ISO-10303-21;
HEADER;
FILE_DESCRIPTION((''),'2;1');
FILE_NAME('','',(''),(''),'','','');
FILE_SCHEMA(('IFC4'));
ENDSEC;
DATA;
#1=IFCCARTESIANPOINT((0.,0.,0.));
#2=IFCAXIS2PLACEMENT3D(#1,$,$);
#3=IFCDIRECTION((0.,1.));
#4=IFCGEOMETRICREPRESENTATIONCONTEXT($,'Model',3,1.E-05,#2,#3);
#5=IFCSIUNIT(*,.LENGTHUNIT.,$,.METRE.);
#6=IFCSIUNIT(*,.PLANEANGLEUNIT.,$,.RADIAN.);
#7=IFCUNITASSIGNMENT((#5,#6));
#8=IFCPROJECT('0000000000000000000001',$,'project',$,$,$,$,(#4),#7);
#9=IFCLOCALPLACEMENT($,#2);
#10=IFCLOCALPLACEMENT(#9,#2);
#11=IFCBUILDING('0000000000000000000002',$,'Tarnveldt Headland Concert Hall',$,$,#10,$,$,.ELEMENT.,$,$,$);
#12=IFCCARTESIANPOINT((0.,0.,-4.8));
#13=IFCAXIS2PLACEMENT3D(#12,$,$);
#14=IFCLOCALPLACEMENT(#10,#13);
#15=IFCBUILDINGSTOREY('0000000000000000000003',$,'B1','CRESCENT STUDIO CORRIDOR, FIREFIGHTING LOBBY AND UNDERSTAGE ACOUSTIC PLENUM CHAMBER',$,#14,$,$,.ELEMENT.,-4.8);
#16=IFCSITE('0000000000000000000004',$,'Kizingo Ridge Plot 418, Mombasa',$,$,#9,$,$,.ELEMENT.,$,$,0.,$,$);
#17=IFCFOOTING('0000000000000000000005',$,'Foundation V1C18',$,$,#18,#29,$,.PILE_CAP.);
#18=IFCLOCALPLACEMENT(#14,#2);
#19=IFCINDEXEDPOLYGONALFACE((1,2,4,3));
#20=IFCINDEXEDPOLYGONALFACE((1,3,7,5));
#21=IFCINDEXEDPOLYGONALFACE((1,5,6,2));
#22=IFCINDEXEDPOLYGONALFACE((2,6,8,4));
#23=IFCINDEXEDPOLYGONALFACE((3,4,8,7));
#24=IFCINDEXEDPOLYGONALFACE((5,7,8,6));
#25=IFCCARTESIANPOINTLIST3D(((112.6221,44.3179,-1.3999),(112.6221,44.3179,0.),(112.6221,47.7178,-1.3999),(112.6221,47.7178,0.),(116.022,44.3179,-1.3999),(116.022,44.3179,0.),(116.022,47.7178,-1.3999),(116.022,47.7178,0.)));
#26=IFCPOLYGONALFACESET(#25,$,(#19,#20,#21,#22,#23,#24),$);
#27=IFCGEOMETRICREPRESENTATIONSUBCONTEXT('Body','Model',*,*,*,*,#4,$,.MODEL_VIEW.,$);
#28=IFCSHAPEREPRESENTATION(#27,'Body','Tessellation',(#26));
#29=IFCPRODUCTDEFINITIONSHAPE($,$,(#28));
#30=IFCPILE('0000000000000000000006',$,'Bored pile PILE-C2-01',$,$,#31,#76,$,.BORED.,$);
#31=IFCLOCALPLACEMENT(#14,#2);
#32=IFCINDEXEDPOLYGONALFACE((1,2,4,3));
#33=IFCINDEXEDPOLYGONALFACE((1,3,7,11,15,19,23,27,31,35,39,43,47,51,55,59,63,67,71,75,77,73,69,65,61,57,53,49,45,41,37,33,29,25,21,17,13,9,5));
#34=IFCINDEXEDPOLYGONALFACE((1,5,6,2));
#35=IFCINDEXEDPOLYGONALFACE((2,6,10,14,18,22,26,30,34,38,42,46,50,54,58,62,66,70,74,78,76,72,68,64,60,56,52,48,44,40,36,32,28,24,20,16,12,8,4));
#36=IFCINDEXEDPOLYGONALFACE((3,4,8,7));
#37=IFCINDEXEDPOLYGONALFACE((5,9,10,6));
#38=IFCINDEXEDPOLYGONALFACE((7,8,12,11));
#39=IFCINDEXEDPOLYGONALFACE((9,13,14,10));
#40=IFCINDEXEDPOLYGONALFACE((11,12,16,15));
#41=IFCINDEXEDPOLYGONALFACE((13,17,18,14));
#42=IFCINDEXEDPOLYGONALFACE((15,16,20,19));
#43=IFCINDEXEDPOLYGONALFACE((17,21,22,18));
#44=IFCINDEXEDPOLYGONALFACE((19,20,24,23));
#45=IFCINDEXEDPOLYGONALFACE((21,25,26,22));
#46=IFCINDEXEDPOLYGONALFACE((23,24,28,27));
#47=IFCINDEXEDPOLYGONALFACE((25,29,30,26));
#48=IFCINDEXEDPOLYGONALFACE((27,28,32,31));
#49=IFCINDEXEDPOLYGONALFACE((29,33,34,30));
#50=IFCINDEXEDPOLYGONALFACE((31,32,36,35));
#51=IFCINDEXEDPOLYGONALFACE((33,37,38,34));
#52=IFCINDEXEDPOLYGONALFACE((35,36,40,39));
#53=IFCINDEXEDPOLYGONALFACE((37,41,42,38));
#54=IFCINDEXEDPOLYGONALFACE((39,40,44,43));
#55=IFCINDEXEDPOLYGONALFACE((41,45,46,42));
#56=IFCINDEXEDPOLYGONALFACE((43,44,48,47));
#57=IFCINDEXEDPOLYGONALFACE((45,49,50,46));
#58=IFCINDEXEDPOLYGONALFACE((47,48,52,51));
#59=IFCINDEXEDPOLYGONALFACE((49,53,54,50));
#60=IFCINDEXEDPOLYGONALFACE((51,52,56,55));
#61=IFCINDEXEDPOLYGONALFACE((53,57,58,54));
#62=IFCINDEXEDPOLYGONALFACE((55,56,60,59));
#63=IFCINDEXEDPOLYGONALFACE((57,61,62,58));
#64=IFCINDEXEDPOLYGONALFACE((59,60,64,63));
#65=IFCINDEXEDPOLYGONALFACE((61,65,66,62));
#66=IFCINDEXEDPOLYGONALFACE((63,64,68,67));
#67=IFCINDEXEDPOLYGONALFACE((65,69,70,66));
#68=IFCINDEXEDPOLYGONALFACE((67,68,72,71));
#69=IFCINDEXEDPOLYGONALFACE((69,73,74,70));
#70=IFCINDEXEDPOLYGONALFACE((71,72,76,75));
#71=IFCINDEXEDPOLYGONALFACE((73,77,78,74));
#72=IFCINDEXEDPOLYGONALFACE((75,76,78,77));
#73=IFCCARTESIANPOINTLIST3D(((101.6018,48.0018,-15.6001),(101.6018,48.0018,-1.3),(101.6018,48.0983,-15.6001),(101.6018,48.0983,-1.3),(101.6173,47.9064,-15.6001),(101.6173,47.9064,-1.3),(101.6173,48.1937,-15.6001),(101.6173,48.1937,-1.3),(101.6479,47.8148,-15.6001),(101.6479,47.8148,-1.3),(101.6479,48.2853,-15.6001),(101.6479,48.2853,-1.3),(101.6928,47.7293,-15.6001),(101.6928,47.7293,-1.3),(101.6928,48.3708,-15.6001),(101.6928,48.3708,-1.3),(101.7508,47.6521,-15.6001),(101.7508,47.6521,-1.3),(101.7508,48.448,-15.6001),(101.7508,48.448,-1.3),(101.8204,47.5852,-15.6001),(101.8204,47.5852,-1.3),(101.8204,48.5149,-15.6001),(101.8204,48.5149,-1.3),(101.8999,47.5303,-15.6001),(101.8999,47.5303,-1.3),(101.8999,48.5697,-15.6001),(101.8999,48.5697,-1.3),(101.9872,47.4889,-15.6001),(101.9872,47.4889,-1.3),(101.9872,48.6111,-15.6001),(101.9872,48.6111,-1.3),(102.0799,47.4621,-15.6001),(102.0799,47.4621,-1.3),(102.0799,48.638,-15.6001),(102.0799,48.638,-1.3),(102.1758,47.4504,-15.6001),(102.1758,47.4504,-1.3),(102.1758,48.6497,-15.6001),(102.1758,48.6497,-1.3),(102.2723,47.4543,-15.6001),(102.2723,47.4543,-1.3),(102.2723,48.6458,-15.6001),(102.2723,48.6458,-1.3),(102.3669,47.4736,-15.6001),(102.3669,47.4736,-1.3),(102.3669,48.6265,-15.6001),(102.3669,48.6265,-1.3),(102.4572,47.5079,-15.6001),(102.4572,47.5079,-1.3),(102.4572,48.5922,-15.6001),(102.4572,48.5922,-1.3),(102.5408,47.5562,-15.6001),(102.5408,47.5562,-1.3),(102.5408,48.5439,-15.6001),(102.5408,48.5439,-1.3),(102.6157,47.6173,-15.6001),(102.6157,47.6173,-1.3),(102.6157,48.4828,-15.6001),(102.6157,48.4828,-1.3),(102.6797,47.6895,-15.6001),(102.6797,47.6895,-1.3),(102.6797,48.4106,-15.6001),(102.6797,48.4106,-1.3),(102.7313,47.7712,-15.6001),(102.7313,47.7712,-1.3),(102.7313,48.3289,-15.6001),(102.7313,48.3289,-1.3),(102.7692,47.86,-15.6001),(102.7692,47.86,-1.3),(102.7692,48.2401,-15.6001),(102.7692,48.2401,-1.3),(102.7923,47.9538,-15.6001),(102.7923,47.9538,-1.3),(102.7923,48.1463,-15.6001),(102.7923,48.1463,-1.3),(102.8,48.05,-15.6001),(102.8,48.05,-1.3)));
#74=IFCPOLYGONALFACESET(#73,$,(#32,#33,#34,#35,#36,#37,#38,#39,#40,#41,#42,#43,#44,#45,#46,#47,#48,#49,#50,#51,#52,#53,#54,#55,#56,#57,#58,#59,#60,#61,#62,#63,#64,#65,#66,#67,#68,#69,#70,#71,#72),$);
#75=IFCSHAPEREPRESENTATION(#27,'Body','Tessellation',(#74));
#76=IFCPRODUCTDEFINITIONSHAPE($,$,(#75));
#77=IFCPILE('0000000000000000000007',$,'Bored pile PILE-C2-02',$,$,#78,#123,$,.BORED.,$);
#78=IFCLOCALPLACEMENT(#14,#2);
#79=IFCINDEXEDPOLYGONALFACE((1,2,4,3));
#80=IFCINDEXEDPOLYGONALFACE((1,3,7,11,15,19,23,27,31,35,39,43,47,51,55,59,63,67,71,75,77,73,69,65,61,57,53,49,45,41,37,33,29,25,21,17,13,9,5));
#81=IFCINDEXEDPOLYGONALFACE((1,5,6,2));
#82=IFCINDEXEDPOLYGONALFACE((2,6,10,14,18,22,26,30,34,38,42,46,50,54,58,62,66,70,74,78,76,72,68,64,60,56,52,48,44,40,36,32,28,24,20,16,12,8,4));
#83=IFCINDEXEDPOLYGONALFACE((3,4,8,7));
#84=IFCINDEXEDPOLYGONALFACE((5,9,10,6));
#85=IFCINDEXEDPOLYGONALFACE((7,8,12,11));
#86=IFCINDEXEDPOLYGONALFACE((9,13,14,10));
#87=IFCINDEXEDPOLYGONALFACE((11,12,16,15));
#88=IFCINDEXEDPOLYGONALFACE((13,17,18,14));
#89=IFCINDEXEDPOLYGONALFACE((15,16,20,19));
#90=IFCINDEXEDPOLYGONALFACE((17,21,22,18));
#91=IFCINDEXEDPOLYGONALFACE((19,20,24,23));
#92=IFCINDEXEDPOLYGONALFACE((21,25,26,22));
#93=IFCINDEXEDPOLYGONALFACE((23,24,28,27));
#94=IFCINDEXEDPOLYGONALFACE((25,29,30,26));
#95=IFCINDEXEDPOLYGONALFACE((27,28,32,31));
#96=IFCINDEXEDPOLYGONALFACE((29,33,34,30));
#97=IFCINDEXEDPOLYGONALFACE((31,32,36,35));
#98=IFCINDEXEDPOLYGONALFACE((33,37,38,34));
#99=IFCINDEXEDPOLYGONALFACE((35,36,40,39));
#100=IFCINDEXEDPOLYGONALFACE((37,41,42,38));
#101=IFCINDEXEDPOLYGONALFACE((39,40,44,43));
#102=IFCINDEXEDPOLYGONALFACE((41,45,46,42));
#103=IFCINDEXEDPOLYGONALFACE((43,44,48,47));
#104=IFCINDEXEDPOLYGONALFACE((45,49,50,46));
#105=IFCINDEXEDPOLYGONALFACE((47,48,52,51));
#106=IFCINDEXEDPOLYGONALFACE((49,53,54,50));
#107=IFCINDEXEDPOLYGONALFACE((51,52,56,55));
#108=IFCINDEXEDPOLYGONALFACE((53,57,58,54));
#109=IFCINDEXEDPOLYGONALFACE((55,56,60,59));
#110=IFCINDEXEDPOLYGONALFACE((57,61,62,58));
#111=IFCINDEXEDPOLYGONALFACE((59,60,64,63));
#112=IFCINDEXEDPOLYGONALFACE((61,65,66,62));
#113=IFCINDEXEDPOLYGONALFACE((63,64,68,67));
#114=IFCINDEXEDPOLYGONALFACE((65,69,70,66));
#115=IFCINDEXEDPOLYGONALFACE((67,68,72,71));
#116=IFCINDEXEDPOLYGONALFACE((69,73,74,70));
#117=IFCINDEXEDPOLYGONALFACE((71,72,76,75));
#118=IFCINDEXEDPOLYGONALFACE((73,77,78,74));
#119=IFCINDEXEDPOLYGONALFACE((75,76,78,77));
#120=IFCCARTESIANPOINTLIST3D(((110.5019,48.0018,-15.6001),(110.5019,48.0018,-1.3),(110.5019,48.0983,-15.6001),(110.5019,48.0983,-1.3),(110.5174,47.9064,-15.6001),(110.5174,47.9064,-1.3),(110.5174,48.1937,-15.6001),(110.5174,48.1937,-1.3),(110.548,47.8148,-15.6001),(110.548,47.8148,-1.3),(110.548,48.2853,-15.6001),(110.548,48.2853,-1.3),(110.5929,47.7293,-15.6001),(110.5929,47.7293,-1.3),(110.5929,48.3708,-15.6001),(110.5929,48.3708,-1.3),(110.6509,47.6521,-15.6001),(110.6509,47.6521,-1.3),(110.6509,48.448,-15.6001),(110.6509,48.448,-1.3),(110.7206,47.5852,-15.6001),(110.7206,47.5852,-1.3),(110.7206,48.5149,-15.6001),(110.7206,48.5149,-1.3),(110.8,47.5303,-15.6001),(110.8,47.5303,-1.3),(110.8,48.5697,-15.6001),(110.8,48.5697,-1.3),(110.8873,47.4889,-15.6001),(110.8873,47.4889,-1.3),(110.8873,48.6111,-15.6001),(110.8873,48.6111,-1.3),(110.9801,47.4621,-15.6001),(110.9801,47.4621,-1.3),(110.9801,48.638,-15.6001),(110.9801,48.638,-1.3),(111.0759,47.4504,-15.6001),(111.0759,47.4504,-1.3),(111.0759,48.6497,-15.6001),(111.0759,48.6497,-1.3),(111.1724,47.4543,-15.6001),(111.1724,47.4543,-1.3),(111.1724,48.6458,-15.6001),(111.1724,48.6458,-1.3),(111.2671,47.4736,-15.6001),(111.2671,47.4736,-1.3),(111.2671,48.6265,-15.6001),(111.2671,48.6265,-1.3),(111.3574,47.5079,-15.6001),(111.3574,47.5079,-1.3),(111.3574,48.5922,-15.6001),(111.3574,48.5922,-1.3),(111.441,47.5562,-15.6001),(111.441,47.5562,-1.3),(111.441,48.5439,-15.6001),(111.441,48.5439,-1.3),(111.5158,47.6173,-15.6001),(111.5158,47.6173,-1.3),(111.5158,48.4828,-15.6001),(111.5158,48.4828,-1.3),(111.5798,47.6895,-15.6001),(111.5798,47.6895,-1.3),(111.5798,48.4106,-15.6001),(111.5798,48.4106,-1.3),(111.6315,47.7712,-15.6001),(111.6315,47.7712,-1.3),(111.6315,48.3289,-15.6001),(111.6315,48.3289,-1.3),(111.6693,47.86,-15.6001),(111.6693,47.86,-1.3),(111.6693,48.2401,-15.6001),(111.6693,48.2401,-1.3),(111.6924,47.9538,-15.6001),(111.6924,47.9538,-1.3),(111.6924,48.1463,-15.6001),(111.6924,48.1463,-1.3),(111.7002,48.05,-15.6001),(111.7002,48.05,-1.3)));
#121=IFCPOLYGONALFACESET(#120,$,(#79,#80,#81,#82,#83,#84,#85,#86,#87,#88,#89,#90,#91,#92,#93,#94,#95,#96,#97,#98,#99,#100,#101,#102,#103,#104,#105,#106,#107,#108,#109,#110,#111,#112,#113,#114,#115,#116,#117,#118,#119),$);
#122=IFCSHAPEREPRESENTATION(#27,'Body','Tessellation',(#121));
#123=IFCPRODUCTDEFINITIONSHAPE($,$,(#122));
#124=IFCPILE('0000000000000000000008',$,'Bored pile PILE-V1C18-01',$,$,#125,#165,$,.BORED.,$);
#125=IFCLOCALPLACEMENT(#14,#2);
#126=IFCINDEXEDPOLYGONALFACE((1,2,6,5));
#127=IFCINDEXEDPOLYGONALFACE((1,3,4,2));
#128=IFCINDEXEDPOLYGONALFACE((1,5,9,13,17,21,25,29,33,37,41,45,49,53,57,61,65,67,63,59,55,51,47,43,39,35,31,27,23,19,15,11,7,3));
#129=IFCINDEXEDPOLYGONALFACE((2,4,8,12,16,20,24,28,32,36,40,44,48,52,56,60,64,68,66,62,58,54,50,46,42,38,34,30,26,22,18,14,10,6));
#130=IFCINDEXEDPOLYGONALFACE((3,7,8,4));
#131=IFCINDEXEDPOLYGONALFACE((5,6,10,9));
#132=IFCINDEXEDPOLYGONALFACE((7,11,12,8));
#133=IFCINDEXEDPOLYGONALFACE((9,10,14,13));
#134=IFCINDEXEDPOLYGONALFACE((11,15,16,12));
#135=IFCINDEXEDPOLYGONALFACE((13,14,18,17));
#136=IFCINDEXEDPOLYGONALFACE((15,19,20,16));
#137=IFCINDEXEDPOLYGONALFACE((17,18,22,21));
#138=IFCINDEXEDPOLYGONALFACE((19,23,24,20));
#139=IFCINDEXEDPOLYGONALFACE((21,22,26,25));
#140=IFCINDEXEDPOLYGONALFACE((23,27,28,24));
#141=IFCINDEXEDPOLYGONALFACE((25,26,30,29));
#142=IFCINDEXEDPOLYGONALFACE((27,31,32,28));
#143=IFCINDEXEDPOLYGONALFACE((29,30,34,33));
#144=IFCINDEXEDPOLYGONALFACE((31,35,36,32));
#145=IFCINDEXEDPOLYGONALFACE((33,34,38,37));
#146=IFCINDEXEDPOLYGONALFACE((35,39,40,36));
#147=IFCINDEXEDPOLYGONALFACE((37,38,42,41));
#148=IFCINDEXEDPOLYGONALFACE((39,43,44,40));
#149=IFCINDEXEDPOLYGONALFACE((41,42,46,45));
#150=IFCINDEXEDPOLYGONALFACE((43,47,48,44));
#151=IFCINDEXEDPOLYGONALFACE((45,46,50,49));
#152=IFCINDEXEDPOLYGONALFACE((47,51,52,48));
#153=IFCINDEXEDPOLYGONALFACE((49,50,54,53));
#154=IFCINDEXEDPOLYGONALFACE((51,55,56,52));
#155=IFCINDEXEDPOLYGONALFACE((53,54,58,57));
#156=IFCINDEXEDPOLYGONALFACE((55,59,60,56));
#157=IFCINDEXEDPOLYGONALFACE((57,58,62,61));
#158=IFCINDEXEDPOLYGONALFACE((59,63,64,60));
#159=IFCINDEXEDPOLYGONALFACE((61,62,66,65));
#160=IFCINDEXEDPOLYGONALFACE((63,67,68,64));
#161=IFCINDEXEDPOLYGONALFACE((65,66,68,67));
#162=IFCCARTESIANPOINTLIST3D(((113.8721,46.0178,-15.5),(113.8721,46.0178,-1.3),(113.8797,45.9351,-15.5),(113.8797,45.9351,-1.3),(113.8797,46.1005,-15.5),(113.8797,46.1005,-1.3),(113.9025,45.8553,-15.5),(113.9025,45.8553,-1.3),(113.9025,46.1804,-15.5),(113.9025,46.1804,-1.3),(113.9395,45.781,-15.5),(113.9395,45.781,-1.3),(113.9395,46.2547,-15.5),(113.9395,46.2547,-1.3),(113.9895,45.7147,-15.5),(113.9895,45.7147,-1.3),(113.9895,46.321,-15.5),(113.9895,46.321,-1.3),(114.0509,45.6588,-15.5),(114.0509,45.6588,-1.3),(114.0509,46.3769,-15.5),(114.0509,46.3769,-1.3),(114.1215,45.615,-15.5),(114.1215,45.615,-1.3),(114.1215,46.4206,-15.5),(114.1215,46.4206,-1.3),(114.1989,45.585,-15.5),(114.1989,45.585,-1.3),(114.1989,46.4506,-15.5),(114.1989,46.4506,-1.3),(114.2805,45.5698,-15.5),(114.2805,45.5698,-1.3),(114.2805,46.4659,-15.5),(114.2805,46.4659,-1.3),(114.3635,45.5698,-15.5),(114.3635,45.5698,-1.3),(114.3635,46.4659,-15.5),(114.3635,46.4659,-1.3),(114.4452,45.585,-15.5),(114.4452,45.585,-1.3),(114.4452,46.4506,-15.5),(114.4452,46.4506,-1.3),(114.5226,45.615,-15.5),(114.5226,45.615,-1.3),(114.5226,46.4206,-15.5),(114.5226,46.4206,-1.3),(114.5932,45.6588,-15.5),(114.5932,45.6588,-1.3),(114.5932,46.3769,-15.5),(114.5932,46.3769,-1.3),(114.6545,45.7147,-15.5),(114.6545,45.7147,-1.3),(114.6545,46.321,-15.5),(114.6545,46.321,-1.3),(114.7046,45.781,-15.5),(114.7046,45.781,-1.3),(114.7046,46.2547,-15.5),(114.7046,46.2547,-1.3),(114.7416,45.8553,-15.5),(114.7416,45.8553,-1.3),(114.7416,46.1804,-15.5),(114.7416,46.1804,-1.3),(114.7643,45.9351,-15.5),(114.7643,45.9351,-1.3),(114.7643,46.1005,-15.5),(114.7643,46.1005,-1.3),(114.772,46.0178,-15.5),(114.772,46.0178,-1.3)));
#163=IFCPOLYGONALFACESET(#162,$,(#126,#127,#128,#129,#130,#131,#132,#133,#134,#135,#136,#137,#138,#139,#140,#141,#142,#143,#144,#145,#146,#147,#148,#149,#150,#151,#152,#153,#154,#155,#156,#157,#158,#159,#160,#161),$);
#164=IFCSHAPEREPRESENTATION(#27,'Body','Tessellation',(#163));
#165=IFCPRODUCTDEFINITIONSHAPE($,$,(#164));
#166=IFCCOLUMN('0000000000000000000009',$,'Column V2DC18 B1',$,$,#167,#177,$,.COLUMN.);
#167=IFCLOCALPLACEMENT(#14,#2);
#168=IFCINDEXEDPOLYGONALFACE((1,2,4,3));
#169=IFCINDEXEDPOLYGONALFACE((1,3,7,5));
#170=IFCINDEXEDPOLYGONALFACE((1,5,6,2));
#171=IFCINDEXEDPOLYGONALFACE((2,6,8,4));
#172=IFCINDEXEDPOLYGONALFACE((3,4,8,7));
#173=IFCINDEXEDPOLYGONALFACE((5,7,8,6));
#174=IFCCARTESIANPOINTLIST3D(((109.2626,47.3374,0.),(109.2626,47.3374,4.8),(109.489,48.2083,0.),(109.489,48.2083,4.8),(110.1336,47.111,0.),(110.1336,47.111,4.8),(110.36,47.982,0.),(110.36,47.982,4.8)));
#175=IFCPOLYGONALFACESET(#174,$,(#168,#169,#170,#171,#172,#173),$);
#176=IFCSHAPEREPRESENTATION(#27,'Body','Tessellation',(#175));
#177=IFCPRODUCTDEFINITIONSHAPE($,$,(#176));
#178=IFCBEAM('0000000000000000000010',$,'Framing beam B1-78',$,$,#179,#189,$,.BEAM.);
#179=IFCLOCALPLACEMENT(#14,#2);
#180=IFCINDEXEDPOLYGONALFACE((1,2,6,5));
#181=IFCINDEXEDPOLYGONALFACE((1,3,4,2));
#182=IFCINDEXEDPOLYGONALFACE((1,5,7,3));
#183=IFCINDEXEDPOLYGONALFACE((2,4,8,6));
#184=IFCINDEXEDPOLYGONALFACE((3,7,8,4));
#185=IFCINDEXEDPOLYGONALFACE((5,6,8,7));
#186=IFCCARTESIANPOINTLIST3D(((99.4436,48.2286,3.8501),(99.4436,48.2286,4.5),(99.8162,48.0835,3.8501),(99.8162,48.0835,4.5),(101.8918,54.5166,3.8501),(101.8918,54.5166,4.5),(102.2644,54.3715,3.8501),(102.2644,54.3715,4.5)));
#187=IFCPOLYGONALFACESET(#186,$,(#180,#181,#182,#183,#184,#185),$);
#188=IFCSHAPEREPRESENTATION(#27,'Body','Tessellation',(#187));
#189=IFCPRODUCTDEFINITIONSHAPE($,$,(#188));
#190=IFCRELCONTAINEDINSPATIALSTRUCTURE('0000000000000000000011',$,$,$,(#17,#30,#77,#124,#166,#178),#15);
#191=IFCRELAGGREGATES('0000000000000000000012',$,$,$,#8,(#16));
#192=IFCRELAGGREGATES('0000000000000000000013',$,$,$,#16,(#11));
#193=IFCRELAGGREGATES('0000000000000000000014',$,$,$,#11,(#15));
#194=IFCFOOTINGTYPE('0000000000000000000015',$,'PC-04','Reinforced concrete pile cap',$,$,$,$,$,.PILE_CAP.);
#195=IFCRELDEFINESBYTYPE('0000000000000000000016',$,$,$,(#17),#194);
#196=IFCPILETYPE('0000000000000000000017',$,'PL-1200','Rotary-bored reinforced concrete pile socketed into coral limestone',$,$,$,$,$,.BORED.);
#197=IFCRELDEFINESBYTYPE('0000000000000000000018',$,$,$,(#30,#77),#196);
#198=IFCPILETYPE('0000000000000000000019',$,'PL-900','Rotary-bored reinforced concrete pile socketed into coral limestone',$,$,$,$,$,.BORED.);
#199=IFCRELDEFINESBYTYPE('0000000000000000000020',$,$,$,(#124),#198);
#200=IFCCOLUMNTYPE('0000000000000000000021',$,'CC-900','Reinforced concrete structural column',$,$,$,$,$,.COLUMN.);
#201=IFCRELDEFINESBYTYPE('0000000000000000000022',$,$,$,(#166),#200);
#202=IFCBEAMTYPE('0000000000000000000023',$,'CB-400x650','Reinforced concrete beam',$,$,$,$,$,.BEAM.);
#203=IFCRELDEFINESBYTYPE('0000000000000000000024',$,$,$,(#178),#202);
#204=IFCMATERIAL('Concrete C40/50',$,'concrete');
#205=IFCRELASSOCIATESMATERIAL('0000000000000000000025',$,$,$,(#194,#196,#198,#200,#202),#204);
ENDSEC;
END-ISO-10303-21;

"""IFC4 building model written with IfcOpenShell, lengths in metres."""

from ifc_helpers import new_model, si_unit, direction, frame, origin, origin_2d, place, context, subcontext, project, spatial, rectangle, circle, extrude, material, material_profile, profile_set, type_object, element, save


model = new_model("IFC4")

# Units and contexts
model_context = context("Model", 3, precision=1e-05, world=origin(), true_north=direction((0.0, 1.0)))
body_context = subcontext(model_context, "Body", "Model", "MODEL_VIEW")
ifc_project = project(units=[si_unit("LENGTHUNIT", "METRE"), si_unit("PLANEANGLEUNIT", "RADIAN")], contexts=[model_context])

# Site, building, storey
site_placement = place(None, origin())
site = spatial("IfcSite", under=ifc_project, at=site_placement, Name="Kizingo Ridge Plot 418, Mombasa", CompositionType="ELEMENT", RefElevation=0.0)
building_placement = place(site_placement, origin())
building = spatial("IfcBuilding", under=site, at=building_placement, Name="Tarnveldt Headland Concert Hall", CompositionType="ELEMENT")
storey_placement = place(building_placement, frame((0.0, 0.0, -4.8)))
storey = spatial("IfcBuildingStorey", under=building, at=storey_placement, Name="B1", Description="CRESCENT STUDIO CORRIDOR, FIREFIGHTING LOBBY AND UNDERSTAGE ACOUSTIC PLENUM CHAMBER", CompositionType="ELEMENT", Elevation=-4.8)

# Footing
ifc_material_1 = material(Name="Concrete C40/50", Category="concrete")
footing_type = type_object("IfcFootingType", Name="PC-04", Description="Reinforced concrete pile cap", PredefinedType="PILE_CAP", material=ifc_material_1)
footing_placement = place(storey_placement, frame((114.322, 46.0178, -1.3999), z_axis=(0.0, 0.0, 1.0), x_axis=(1.0, 0.0, 0.0)))
element("IfcFooting", 1, at=footing_placement, inside=storey, type_object=footing_type, Name="Foundation V1C18", PredefinedType="PILE_CAP", context=body_context, shape_type="SweptSolid", body=[
    extrude(rectangle(XDim=3.3999, YDim=3.3999, at=origin_2d()), origin(), (0.0, 0.0, 1.0), 1.3999),
])

# Piles
ifc_material_profile_1 = material_profile(ifc_material_1, circle(Radius=0.6001, at=origin_2d()), Name="BORED PILE D1200", Category="concrete")
ifc_profile_set_1 = profile_set([ifc_material_profile_1], Name="Concrete C40/50")
pile_type_1 = type_object("IfcPileType", Name="PL-1200", Description="Rotary-bored reinforced concrete pile socketed into coral limestone", PredefinedType="BORED", material=ifc_profile_set_1)
for number, where, z_axis, x_axis, name in (
    (2, (102.2, 48.05, -1.3), (0.0, 0.0, -1.0), (1.0, 0.0, 0.0), "Bored pile PILE-C2-01"),
    (3, (111.1001, 48.05, -1.3), (0.0, 0.0, -1.0), (1.0, 0.0, 0.0), "Bored pile PILE-C2-02"),
):
    element("IfcPile", number, at=place(storey_placement, frame(where, z_axis=z_axis, x_axis=x_axis)), inside=storey, type_object=pile_type_1, Name=name, PredefinedType="BORED", context=body_context, shape_type="SweptSolid", body=[
        extrude(circle(Radius=0.6001, at=origin_2d()), origin(), (0.0, 0.0, 1.0), 14.3),
    ])
ifc_material_profile_2 = material_profile(ifc_material_1, circle(Radius=0.45, at=origin_2d()), Name="BORED PILE D900", Category="concrete")
ifc_profile_set_2 = profile_set([ifc_material_profile_2], Name="Concrete C40/50")
pile_type_2 = type_object("IfcPileType", Name="PL-900", Description="Rotary-bored reinforced concrete pile socketed into coral limestone", PredefinedType="BORED", material=ifc_profile_set_2)
pile_placement = place(storey_placement, frame((114.322, 46.0178, -1.3), z_axis=(0.0, 0.0, -1.0), x_axis=(1.0, 0.0, 0.0)))
element("IfcPile", 4, at=pile_placement, inside=storey, type_object=pile_type_2, Name="Bored pile PILE-V1C18-01", PredefinedType="BORED", context=body_context, shape_type="SweptSolid", body=[
    extrude(circle(Radius=0.45, at=origin_2d()), origin(), (0.0, 0.0, 1.0), 14.2),
])

# Column
ifc_material_profile_3 = material_profile(ifc_material_1, rectangle(XDim=0.8999, YDim=0.8999, at=origin_2d()), Name="RC 900x900", Category="concrete")
ifc_profile_set_3 = profile_set([ifc_material_profile_3], Name="Concrete C40/50")
column_type_1 = type_object("IfcColumnType", Name="CC-900", Description="Reinforced concrete structural column", PredefinedType="COLUMN", material=ifc_profile_set_3)
column_1_placement = place(storey_placement, frame((109.8113, 47.6597, 0.0), z_axis=(0.0, 0.0, 1.0), x_axis=(0.967841, -0.251563, 0.0)))
element("IfcColumn", 5, at=column_1_placement, inside=storey, type_object=column_type_1, Name="Column V2DC18 B1", PredefinedType="COLUMN", context=body_context, shape_type="SweptSolid", body=[
    extrude(rectangle(XDim=0.8999, YDim=0.8999, at=origin_2d()), origin(), (0.0, 0.0, 1.0), 4.8),
])

# Beam
ifc_material_profile_4 = material_profile(ifc_material_1, rectangle(XDim=0.3999, YDim=0.6499, at=origin_2d()), Name="RC 400x650", Category="concrete")
ifc_profile_set_4 = profile_set([ifc_material_profile_4], Name="Concrete C40/50")
beam_type_1 = type_object("IfcBeamType", Name="CB-400x650", Description="Reinforced concrete beam", PredefinedType="BEAM", material=ifc_profile_set_4)
beam_1_placement = place(storey_placement, frame((99.6299, 48.156, 4.175), z_axis=(0.362816, 0.931861, 0.0), x_axis=(-0.931861, 0.362816, 0.0)))
element("IfcBeam", 6, at=beam_1_placement, inside=storey, type_object=beam_type_1, Name="Framing beam B1-78", PredefinedType="BEAM", context=body_context, shape_type="SweptSolid", body=[
    extrude(rectangle(XDim=0.3999, YDim=0.6499, at=origin_2d()), origin(), (0.0, 0.0, 1.0), 6.7478),
])

save(model, "model.ifc")
